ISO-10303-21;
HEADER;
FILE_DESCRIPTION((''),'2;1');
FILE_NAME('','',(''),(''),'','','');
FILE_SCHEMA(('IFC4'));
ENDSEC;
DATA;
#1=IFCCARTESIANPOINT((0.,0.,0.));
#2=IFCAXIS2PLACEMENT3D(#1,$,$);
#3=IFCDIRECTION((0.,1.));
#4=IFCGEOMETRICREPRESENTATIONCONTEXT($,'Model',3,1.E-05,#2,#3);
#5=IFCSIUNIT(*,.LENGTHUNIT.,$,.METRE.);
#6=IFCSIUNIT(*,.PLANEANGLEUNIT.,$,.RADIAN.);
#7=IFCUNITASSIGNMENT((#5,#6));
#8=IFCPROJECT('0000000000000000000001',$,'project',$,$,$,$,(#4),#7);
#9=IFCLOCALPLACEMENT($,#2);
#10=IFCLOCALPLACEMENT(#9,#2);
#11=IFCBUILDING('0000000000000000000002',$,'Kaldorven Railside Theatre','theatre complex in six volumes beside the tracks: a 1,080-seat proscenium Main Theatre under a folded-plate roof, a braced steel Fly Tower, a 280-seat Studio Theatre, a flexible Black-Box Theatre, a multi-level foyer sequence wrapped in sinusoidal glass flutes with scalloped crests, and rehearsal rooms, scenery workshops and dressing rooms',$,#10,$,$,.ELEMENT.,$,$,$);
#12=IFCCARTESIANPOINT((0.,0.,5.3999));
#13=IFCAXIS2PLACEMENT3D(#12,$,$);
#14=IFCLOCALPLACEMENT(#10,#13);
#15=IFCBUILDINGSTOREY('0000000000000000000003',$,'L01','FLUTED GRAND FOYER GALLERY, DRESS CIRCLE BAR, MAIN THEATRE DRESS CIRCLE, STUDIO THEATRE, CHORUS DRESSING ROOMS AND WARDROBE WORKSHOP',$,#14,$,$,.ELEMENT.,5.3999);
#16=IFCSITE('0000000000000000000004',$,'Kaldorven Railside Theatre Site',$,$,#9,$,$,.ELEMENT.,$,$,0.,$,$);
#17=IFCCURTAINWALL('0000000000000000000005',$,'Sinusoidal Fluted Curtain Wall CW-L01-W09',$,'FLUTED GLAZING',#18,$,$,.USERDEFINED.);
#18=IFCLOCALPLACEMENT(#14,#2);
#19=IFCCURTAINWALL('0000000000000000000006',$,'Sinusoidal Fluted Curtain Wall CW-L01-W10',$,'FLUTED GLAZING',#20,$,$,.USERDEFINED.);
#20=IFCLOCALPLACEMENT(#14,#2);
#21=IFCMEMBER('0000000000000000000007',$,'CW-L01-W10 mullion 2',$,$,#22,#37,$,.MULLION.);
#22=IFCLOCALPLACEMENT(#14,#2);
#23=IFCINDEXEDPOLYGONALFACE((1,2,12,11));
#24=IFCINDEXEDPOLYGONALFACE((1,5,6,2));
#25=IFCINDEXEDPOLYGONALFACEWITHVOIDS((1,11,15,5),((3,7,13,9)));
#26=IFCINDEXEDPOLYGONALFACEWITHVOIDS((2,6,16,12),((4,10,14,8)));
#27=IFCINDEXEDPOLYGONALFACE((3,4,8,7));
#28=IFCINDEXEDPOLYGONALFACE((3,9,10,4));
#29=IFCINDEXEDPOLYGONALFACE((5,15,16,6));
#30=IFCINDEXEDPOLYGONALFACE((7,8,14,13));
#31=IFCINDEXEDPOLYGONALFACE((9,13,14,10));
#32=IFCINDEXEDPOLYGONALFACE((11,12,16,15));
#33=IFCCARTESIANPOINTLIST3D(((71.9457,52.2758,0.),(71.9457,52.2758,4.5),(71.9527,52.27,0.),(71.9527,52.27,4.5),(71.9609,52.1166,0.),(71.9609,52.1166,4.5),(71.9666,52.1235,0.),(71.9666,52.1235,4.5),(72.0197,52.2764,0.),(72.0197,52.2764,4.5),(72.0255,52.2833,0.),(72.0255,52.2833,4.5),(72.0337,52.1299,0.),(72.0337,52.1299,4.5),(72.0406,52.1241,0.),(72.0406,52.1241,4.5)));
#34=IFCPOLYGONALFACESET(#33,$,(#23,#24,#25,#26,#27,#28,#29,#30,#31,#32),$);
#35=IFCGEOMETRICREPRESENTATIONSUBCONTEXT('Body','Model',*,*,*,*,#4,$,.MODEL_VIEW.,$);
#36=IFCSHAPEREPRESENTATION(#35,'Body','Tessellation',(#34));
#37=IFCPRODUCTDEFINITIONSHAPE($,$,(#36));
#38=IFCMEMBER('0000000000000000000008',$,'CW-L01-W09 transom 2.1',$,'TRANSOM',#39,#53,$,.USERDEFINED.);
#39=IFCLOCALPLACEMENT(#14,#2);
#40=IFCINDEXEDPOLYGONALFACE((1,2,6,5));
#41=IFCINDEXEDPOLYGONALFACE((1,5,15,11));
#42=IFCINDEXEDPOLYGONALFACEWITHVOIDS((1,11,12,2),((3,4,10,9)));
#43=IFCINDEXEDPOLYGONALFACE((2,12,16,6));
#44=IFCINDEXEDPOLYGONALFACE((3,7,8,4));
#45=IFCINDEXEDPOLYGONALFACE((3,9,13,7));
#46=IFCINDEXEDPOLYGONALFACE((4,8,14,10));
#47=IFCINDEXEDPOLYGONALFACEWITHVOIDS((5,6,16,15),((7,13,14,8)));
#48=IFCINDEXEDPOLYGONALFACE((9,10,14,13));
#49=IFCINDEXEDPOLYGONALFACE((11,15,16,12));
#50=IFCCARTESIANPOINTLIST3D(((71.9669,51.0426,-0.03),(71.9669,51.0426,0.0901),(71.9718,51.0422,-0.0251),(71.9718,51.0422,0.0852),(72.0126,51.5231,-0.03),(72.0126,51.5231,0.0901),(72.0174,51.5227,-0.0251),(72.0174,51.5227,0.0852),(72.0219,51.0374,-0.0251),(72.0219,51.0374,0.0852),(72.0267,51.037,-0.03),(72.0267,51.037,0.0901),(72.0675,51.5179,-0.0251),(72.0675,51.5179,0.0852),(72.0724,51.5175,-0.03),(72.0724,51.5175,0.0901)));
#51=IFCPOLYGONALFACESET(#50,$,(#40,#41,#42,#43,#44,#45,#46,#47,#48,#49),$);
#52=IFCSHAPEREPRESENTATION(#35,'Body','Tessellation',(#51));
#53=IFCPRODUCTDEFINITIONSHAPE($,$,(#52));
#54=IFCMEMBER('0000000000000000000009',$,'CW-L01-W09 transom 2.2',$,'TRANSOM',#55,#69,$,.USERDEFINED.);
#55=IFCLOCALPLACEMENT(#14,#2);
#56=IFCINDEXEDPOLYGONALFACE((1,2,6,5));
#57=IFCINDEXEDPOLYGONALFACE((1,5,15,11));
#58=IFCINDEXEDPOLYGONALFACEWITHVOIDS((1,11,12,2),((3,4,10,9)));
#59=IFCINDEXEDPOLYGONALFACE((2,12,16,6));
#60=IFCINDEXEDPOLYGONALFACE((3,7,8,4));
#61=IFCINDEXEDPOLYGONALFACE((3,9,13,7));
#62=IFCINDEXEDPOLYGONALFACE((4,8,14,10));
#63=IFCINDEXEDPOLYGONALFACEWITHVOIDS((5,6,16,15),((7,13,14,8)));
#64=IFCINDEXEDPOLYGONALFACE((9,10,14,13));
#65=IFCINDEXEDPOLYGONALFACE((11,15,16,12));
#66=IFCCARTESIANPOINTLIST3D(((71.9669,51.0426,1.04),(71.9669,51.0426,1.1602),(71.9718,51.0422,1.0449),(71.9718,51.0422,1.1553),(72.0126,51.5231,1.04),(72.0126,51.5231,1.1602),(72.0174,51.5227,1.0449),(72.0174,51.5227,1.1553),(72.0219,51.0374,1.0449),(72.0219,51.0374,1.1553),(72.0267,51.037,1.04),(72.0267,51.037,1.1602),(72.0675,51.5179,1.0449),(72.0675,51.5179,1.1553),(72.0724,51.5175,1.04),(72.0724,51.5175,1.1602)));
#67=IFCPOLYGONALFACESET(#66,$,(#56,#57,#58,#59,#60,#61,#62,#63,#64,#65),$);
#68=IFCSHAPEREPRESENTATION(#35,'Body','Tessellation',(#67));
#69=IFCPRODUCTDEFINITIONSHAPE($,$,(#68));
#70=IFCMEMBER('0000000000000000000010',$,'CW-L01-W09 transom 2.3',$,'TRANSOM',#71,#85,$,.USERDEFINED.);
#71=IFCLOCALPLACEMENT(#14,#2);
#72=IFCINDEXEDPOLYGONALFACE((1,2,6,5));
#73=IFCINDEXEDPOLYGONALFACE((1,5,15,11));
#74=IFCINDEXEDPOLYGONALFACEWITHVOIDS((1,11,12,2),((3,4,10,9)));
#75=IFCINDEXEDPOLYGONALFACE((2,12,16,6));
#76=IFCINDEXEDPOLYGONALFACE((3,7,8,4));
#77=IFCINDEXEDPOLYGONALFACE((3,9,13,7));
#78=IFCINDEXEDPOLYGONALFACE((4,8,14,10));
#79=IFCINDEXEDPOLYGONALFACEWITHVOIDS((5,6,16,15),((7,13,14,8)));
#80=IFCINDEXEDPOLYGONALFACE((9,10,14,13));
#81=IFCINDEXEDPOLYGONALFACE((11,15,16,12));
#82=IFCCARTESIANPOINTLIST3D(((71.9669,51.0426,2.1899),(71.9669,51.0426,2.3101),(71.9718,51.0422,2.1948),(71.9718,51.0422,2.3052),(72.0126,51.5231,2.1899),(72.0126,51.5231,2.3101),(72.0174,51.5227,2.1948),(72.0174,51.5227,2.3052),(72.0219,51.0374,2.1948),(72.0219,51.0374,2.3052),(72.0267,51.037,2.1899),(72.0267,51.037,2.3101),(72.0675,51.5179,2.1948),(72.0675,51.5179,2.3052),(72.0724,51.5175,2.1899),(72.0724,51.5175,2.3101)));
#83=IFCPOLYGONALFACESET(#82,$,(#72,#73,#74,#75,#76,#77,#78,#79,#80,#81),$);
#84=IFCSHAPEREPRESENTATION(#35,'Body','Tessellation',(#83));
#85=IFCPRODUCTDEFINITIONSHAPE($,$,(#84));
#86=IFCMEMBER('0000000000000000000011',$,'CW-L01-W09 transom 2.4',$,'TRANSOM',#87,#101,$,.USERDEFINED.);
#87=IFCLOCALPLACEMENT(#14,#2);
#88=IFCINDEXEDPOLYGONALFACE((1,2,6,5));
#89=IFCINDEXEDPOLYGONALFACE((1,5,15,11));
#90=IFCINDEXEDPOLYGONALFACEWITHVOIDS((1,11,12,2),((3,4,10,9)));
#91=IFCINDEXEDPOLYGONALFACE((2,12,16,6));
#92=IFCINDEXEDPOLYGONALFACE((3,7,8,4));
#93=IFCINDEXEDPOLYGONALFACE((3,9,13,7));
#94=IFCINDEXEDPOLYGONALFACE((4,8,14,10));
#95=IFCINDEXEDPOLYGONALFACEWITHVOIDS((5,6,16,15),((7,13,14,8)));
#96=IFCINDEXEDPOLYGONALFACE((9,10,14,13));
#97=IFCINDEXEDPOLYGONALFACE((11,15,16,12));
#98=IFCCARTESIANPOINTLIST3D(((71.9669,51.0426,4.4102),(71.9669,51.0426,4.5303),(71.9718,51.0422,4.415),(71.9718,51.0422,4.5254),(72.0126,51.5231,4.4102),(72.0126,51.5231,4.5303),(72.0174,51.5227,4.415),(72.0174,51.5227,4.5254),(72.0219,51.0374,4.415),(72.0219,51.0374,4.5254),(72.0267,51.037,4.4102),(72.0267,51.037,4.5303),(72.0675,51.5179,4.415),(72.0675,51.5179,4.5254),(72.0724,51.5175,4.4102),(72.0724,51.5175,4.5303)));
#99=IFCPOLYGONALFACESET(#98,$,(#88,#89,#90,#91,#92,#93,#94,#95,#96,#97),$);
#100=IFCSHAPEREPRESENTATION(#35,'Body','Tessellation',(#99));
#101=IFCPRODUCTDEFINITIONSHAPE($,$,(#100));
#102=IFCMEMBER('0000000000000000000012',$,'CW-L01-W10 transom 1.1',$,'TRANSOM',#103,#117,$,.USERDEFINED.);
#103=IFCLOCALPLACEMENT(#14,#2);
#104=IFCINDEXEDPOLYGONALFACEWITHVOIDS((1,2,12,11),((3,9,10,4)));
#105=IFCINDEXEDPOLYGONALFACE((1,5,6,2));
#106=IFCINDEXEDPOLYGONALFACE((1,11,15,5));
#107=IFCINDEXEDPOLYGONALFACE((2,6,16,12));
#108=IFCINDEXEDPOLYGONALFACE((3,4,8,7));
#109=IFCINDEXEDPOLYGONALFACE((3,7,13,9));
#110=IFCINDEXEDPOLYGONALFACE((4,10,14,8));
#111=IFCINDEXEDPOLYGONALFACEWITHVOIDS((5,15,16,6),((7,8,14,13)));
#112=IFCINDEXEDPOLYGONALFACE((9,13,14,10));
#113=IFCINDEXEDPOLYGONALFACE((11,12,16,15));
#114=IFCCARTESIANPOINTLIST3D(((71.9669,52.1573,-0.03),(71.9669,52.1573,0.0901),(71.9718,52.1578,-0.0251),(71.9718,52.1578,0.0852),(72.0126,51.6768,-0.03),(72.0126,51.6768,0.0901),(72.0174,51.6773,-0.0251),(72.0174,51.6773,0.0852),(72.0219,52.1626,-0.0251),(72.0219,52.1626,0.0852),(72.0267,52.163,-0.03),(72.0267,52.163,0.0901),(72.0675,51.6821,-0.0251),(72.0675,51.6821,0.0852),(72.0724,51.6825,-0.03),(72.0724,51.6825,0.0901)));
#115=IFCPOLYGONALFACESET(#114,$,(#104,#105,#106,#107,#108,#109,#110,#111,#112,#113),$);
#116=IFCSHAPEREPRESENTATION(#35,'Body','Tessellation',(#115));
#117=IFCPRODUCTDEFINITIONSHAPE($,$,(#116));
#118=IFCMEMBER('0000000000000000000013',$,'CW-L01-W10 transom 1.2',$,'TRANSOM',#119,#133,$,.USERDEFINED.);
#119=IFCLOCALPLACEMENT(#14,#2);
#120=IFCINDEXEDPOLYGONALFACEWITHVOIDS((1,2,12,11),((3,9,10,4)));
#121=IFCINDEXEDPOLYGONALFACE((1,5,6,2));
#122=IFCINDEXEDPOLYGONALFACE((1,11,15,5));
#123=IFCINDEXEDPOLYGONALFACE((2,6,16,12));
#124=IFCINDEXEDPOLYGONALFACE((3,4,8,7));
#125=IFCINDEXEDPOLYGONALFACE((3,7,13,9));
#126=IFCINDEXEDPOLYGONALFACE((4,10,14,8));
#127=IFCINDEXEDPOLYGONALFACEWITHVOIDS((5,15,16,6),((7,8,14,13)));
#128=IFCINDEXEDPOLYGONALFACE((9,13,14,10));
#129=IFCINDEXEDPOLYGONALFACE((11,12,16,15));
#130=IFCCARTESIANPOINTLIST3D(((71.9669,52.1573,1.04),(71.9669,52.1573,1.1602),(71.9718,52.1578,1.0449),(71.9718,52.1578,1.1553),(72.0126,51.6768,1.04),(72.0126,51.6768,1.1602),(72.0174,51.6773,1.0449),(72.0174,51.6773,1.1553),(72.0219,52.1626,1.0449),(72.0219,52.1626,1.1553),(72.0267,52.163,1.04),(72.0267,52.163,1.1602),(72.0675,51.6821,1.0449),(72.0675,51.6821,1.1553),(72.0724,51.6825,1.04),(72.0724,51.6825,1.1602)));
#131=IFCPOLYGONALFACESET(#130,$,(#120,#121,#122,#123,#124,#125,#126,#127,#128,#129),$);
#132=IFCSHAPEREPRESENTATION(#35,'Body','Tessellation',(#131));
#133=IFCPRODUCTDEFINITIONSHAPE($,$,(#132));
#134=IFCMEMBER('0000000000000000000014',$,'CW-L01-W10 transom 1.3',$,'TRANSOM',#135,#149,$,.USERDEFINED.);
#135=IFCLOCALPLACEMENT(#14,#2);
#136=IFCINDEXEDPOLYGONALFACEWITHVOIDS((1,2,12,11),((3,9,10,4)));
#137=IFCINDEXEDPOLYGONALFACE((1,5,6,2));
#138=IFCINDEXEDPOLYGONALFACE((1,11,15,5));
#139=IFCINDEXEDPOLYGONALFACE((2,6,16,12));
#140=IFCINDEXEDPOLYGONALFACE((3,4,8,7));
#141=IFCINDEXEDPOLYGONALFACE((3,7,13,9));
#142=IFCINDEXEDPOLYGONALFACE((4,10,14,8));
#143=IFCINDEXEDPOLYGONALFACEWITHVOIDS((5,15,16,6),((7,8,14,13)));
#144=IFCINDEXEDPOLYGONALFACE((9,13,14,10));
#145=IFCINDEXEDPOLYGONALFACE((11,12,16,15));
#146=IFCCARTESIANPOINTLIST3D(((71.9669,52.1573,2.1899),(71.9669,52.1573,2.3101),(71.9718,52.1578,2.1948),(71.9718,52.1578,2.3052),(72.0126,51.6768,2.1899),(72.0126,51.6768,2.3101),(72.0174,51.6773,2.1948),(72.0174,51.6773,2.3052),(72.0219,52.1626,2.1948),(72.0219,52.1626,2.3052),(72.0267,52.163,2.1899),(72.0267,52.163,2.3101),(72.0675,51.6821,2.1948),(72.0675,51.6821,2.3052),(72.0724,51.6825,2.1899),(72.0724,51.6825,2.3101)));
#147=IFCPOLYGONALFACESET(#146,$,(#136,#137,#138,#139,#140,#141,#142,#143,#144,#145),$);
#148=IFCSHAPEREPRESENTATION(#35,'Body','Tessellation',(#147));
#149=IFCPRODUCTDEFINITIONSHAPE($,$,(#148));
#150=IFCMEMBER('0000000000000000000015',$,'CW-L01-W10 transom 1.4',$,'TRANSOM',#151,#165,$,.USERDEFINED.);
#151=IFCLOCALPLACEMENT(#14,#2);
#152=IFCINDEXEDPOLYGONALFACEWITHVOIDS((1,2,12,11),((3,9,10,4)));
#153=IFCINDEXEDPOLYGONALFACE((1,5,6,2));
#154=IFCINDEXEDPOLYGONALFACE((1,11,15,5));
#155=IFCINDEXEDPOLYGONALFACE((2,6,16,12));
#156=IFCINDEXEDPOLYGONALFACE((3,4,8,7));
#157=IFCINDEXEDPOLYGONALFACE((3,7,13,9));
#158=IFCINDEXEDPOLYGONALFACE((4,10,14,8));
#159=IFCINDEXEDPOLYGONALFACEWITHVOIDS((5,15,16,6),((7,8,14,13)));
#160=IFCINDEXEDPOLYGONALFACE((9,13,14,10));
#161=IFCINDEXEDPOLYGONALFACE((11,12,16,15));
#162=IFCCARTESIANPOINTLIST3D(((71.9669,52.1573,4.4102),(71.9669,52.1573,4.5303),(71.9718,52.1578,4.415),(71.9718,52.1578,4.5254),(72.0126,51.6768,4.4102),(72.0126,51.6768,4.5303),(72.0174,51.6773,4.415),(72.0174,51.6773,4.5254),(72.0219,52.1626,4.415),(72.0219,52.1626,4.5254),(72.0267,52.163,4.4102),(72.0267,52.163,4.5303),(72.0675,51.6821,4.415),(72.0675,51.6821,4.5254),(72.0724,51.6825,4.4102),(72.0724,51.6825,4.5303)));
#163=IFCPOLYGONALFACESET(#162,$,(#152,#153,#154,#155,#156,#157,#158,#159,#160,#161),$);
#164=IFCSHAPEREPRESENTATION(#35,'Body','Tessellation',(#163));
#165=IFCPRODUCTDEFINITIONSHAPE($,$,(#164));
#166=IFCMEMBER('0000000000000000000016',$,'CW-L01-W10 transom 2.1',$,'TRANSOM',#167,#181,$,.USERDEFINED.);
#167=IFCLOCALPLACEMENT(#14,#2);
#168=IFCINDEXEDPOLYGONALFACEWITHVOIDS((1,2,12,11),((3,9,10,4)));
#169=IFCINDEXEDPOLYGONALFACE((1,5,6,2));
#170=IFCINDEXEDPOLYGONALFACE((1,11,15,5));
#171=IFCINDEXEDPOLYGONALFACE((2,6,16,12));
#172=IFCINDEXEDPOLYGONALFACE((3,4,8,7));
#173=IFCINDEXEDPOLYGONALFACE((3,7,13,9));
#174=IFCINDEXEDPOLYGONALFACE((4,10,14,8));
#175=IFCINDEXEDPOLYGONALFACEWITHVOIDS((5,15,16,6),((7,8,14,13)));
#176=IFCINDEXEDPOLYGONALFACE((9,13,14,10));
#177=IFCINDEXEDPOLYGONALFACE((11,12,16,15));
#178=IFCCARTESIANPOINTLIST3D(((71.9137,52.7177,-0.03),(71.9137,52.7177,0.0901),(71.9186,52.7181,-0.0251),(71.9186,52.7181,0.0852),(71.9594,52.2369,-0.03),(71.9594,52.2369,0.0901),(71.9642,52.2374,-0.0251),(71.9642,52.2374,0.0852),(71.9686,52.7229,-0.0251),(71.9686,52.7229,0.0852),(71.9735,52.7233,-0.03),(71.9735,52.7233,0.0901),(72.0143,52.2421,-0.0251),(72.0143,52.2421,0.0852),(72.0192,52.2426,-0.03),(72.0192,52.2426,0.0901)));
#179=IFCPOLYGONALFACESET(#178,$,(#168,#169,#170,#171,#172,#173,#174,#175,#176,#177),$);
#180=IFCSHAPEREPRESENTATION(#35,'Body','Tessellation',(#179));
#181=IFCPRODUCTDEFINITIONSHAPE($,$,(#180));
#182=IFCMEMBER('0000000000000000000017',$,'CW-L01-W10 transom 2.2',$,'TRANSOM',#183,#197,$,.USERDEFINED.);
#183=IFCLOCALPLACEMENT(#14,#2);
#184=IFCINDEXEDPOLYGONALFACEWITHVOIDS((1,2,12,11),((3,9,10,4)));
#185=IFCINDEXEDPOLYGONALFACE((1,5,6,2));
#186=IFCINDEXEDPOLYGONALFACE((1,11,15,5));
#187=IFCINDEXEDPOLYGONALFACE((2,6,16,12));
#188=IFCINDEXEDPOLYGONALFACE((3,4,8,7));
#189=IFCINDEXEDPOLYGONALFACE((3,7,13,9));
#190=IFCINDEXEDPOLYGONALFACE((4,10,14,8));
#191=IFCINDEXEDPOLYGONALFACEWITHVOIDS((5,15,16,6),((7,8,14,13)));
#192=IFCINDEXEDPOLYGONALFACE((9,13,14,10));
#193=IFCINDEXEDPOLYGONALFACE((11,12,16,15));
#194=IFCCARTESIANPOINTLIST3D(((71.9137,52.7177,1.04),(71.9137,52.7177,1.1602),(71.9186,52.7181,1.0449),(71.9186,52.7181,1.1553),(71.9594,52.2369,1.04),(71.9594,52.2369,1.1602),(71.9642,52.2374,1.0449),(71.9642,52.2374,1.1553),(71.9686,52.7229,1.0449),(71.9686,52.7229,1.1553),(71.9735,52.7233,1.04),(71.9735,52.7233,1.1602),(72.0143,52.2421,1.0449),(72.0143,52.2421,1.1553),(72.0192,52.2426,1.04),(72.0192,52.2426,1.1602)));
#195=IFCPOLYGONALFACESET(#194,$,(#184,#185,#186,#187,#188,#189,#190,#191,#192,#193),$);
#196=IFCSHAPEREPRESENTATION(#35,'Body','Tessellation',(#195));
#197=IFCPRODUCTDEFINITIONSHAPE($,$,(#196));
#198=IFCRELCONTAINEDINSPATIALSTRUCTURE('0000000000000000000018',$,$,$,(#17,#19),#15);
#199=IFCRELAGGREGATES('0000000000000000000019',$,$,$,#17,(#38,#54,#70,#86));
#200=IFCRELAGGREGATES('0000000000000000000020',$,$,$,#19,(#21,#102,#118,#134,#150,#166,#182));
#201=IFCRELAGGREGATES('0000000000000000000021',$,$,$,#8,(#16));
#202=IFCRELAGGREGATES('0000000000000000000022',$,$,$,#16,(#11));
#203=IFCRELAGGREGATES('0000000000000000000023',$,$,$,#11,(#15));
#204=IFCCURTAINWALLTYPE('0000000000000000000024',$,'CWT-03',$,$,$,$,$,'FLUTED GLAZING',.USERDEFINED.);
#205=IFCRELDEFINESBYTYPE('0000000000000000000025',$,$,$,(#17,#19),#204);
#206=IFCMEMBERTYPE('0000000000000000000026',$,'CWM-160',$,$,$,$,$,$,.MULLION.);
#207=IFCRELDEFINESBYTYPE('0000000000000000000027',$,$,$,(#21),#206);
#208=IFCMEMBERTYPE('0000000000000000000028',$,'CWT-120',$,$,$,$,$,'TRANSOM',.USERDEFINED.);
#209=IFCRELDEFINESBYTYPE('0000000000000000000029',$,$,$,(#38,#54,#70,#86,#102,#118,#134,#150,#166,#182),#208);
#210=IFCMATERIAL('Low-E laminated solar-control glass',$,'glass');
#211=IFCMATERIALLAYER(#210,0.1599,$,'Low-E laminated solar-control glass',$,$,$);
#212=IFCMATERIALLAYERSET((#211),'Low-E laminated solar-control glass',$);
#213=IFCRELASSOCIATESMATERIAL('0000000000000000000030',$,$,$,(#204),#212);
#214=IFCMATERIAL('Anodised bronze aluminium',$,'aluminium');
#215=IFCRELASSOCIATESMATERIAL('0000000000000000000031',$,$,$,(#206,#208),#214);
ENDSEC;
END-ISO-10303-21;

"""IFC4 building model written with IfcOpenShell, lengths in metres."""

from ifc_helpers import new_model, si_unit, direction, frame, origin, origin_2d, place, context, subcontext, project, spatial, hollow_rectangle, extrude, material, layer, layer_set, material_profile, profile_set, type_object, element, aggregate, save


model = new_model("IFC4")

# Units and contexts
model_context = context("Model", 3, precision=1e-05, world=origin(), true_north=direction((0.0, 1.0)))
body_context = subcontext(model_context, "Body", "Model", "MODEL_VIEW")
ifc_project = project(units=[si_unit("LENGTHUNIT", "METRE"), si_unit("PLANEANGLEUNIT", "RADIAN")], contexts=[model_context])

# Site, building, storey
site_placement = place(None, origin())
site = spatial("IfcSite", under=ifc_project, at=site_placement, Name="Kaldorven Railside Theatre Site", CompositionType="ELEMENT", RefElevation=0.0)
building_placement = place(site_placement, origin())
building = spatial("IfcBuilding", under=site, at=building_placement, Name="Kaldorven Railside Theatre", Description="theatre complex in six volumes beside the tracks: a 1,080-seat proscenium Main Theatre under a folded-plate roof, a braced steel Fly Tower, a 280-seat Studio Theatre, a flexible Black-Box Theatre, a multi-level foyer sequence wrapped in sinusoidal glass flutes with scalloped crests, and rehearsal rooms, scenery workshops and dressing rooms", CompositionType="ELEMENT")
storey_placement = place(building_placement, frame((0.0, 0.0, 5.3999)))
storey = spatial("IfcBuildingStorey", under=building, at=storey_placement, Name="L01", Description="FLUTED GRAND FOYER GALLERY, DRESS CIRCLE BAR, MAIN THEATRE DRESS CIRCLE, STUDIO THEATRE, CHORUS DRESSING ROOMS AND WARDROBE WORKSHOP", CompositionType="ELEMENT", Elevation=5.3999)

# Curtain walls, member
ifc_material_1 = material(Name="Low-E laminated solar-control glass", Category="glass")
ifc_layer_1 = layer(ifc_material_1, 0.1599, Name="Low-E laminated solar-control glass")
ifc_layer_set_1 = layer_set([ifc_layer_1], Name="Low-E laminated solar-control glass")
curtain_wall_type = type_object("IfcCurtainWallType", Name="CWT-03", ElementType="FLUTED GLAZING", PredefinedType="USERDEFINED", material=ifc_layer_set_1)
curtain_wall_1_placement = place(storey_placement, origin())
curtain_wall_1 = element("IfcCurtainWall", 1, at=curtain_wall_1_placement, inside=storey, type_object=curtain_wall_type, Name="Sinusoidal Fluted Curtain Wall CW-L01-W09", ObjectType="FLUTED GLAZING", PredefinedType="USERDEFINED")
ifc_material_2 = material(Name="Anodised bronze aluminium", Category="aluminium")
ifc_material_profile_1 = material_profile(ifc_material_2, hollow_rectangle(XDim=0.0801, YDim=0.1599, WallThickness=0.0063, at=origin_2d()), Name="RHS 160x80x6.3")
ifc_profile_set_1 = profile_set([ifc_material_profile_1], Name="Anodised bronze aluminium")
member_type_1 = type_object("IfcMemberType", Name="CWM-160", PredefinedType="MULLION", material=ifc_profile_set_1)
curtain_wall_2_placement = place(storey_placement, origin())
curtain_wall_2 = element("IfcCurtainWall", 2, at=curtain_wall_2_placement, inside=storey, type_object=curtain_wall_type, Name="Sinusoidal Fluted Curtain Wall CW-L01-W10", ObjectType="FLUTED GLAZING", PredefinedType="USERDEFINED")
member_1_placement = place(storey_placement, frame((71.9932, 52.2, 0.0), z_axis=(0.0, 0.0, 1.0), x_axis=(-0.995526, -0.094492, 0.0)))
member_1 = element("IfcMember", 3, at=member_1_placement, type_object=member_type_1, Name="CW-L01-W10 mullion 2", PredefinedType="MULLION", context=body_context, shape_type="SweptSolid", body=[
    extrude(hollow_rectangle(XDim=0.0801, YDim=0.1599, WallThickness=0.0063, at=origin_2d()), origin(), (0.0, 0.0, 1.0), 4.5),
])

# Members
ifc_material_profile_2 = material_profile(ifc_material_2, hollow_rectangle(XDim=0.0601, YDim=0.1201, WallThickness=0.0049, at=origin_2d()), Name="RHS 120x60x5")
ifc_profile_set_2 = profile_set([ifc_material_profile_2], Name="Anodised bronze aluminium")
member_type_2 = type_object("IfcMemberType", Name="CWT-120", ElementType="TRANSOM", PredefinedType="USERDEFINED", material=ifc_profile_set_2)
member_2_placement = place(storey_placement, frame((71.9968, 51.0398, 0.03), z_axis=(0.094594, 0.995516, 0.0), x_axis=(-0.995516, 0.094594, 0.0)))
member_2 = element("IfcMember", 4, at=member_2_placement, type_object=member_type_2, Name="CW-L01-W09 transom 2.1", ObjectType="TRANSOM", PredefinedType="USERDEFINED", context=body_context, shape_type="SweptSolid", body=[
    extrude(hollow_rectangle(XDim=0.0601, YDim=0.1201, WallThickness=0.0049, at=origin_2d()), origin(), (0.0, 0.0, 1.0), 0.4827),
])
member_3_placement = place(storey_placement, frame((71.9968, 51.0398, 1.1001), z_axis=(0.094594, 0.995516, 0.0), x_axis=(-0.995516, 0.094594, 0.0)))
member_3 = element("IfcMember", 5, at=member_3_placement, type_object=member_type_2, Name="CW-L01-W09 transom 2.2", ObjectType="TRANSOM", PredefinedType="USERDEFINED", context=body_context, shape_type="SweptSolid", body=[
    extrude(hollow_rectangle(XDim=0.0601, YDim=0.1201, WallThickness=0.0049, at=origin_2d()), origin(), (0.0, 0.0, 1.0), 0.4827),
])
member_4_placement = place(storey_placement, frame((71.9968, 51.0398, 2.25), z_axis=(0.094594, 0.995516, 0.0), x_axis=(-0.995516, 0.094594, 0.0)))
member_4 = element("IfcMember", 6, at=member_4_placement, type_object=member_type_2, Name="CW-L01-W09 transom 2.3", ObjectType="TRANSOM", PredefinedType="USERDEFINED", context=body_context, shape_type="SweptSolid", body=[
    extrude(hollow_rectangle(XDim=0.0601, YDim=0.1201, WallThickness=0.0049, at=origin_2d()), origin(), (0.0, 0.0, 1.0), 0.4827),
])
member_5_placement = place(storey_placement, frame((71.9968, 51.0398, 4.4702), z_axis=(0.094594, 0.995516, 0.0), x_axis=(-0.995516, 0.094594, 0.0)))
member_5 = element("IfcMember", 7, at=member_5_placement, type_object=member_type_2, Name="CW-L01-W09 transom 2.4", ObjectType="TRANSOM", PredefinedType="USERDEFINED", context=body_context, shape_type="SweptSolid", body=[
    extrude(hollow_rectangle(XDim=0.0601, YDim=0.1201, WallThickness=0.0049, at=origin_2d()), origin(), (0.0, 0.0, 1.0), 0.4827),
])
member_6_placement = place(storey_placement, frame((72.0425, 51.6797, 0.03), z_axis=(-0.094594, 0.995516, 0.0), x_axis=(-0.995516, -0.094594, 0.0)))
member_6 = element("IfcMember", 8, at=member_6_placement, type_object=member_type_2, Name="CW-L01-W10 transom 1.1", ObjectType="TRANSOM", PredefinedType="USERDEFINED", context=body_context, shape_type="SweptSolid", body=[
    extrude(hollow_rectangle(XDim=0.0601, YDim=0.1201, WallThickness=0.0049, at=origin_2d()), origin(), (0.0, 0.0, 1.0), 0.4827),
])
member_7_placement = place(storey_placement, frame((72.0425, 51.6797, 1.1001), z_axis=(-0.094594, 0.995516, 0.0), x_axis=(-0.995516, -0.094594, 0.0)))
member_7 = element("IfcMember", 9, at=member_7_placement, type_object=member_type_2, Name="CW-L01-W10 transom 1.2", ObjectType="TRANSOM", PredefinedType="USERDEFINED", context=body_context, shape_type="SweptSolid", body=[
    extrude(hollow_rectangle(XDim=0.0601, YDim=0.1201, WallThickness=0.0049, at=origin_2d()), origin(), (0.0, 0.0, 1.0), 0.4827),
])
member_8_placement = place(storey_placement, frame((72.0425, 51.6797, 2.25), z_axis=(-0.094594, 0.995516, 0.0), x_axis=(-0.995516, -0.094594, 0.0)))
member_8 = element("IfcMember", 10, at=member_8_placement, type_object=member_type_2, Name="CW-L01-W10 transom 1.3", ObjectType="TRANSOM", PredefinedType="USERDEFINED", context=body_context, shape_type="SweptSolid", body=[
    extrude(hollow_rectangle(XDim=0.0601, YDim=0.1201, WallThickness=0.0049, at=origin_2d()), origin(), (0.0, 0.0, 1.0), 0.4827),
])
member_9_placement = place(storey_placement, frame((72.0425, 51.6797, 4.4702), z_axis=(-0.094594, 0.995516, 0.0), x_axis=(-0.995516, -0.094594, 0.0)))
member_9 = element("IfcMember", 11, at=member_9_placement, type_object=member_type_2, Name="CW-L01-W10 transom 1.4", ObjectType="TRANSOM", PredefinedType="USERDEFINED", context=body_context, shape_type="SweptSolid", body=[
    extrude(hollow_rectangle(XDim=0.0601, YDim=0.1201, WallThickness=0.0049, at=origin_2d()), origin(), (0.0, 0.0, 1.0), 0.4827),
])
member_10_placement = place(storey_placement, frame((71.9893, 52.2397, 0.03), z_axis=(-0.094547, 0.99552, 0.0), x_axis=(-0.99552, -0.094547, 0.0)))
member_10 = element("IfcMember", 12, at=member_10_placement, type_object=member_type_2, Name="CW-L01-W10 transom 2.1", ObjectType="TRANSOM", PredefinedType="USERDEFINED", context=body_context, shape_type="SweptSolid", body=[
    extrude(hollow_rectangle(XDim=0.0601, YDim=0.1201, WallThickness=0.0049, at=origin_2d()), origin(), (0.0, 0.0, 1.0), 0.4829),
])
member_11_placement = place(storey_placement, frame((71.9893, 52.2397, 1.1001), z_axis=(-0.094547, 0.99552, 0.0), x_axis=(-0.99552, -0.094547, 0.0)))
member_11 = element("IfcMember", 13, at=member_11_placement, type_object=member_type_2, Name="CW-L01-W10 transom 2.2", ObjectType="TRANSOM", PredefinedType="USERDEFINED", context=body_context, shape_type="SweptSolid", body=[
    extrude(hollow_rectangle(XDim=0.0601, YDim=0.1201, WallThickness=0.0049, at=origin_2d()), origin(), (0.0, 0.0, 1.0), 0.4829),
])

aggregate(curtain_wall_1, [member_2, member_3, member_4, member_5])
aggregate(curtain_wall_2, [member_1, member_6, member_7, member_8, member_9, member_10, member_11])

save(model, "model.ifc")
